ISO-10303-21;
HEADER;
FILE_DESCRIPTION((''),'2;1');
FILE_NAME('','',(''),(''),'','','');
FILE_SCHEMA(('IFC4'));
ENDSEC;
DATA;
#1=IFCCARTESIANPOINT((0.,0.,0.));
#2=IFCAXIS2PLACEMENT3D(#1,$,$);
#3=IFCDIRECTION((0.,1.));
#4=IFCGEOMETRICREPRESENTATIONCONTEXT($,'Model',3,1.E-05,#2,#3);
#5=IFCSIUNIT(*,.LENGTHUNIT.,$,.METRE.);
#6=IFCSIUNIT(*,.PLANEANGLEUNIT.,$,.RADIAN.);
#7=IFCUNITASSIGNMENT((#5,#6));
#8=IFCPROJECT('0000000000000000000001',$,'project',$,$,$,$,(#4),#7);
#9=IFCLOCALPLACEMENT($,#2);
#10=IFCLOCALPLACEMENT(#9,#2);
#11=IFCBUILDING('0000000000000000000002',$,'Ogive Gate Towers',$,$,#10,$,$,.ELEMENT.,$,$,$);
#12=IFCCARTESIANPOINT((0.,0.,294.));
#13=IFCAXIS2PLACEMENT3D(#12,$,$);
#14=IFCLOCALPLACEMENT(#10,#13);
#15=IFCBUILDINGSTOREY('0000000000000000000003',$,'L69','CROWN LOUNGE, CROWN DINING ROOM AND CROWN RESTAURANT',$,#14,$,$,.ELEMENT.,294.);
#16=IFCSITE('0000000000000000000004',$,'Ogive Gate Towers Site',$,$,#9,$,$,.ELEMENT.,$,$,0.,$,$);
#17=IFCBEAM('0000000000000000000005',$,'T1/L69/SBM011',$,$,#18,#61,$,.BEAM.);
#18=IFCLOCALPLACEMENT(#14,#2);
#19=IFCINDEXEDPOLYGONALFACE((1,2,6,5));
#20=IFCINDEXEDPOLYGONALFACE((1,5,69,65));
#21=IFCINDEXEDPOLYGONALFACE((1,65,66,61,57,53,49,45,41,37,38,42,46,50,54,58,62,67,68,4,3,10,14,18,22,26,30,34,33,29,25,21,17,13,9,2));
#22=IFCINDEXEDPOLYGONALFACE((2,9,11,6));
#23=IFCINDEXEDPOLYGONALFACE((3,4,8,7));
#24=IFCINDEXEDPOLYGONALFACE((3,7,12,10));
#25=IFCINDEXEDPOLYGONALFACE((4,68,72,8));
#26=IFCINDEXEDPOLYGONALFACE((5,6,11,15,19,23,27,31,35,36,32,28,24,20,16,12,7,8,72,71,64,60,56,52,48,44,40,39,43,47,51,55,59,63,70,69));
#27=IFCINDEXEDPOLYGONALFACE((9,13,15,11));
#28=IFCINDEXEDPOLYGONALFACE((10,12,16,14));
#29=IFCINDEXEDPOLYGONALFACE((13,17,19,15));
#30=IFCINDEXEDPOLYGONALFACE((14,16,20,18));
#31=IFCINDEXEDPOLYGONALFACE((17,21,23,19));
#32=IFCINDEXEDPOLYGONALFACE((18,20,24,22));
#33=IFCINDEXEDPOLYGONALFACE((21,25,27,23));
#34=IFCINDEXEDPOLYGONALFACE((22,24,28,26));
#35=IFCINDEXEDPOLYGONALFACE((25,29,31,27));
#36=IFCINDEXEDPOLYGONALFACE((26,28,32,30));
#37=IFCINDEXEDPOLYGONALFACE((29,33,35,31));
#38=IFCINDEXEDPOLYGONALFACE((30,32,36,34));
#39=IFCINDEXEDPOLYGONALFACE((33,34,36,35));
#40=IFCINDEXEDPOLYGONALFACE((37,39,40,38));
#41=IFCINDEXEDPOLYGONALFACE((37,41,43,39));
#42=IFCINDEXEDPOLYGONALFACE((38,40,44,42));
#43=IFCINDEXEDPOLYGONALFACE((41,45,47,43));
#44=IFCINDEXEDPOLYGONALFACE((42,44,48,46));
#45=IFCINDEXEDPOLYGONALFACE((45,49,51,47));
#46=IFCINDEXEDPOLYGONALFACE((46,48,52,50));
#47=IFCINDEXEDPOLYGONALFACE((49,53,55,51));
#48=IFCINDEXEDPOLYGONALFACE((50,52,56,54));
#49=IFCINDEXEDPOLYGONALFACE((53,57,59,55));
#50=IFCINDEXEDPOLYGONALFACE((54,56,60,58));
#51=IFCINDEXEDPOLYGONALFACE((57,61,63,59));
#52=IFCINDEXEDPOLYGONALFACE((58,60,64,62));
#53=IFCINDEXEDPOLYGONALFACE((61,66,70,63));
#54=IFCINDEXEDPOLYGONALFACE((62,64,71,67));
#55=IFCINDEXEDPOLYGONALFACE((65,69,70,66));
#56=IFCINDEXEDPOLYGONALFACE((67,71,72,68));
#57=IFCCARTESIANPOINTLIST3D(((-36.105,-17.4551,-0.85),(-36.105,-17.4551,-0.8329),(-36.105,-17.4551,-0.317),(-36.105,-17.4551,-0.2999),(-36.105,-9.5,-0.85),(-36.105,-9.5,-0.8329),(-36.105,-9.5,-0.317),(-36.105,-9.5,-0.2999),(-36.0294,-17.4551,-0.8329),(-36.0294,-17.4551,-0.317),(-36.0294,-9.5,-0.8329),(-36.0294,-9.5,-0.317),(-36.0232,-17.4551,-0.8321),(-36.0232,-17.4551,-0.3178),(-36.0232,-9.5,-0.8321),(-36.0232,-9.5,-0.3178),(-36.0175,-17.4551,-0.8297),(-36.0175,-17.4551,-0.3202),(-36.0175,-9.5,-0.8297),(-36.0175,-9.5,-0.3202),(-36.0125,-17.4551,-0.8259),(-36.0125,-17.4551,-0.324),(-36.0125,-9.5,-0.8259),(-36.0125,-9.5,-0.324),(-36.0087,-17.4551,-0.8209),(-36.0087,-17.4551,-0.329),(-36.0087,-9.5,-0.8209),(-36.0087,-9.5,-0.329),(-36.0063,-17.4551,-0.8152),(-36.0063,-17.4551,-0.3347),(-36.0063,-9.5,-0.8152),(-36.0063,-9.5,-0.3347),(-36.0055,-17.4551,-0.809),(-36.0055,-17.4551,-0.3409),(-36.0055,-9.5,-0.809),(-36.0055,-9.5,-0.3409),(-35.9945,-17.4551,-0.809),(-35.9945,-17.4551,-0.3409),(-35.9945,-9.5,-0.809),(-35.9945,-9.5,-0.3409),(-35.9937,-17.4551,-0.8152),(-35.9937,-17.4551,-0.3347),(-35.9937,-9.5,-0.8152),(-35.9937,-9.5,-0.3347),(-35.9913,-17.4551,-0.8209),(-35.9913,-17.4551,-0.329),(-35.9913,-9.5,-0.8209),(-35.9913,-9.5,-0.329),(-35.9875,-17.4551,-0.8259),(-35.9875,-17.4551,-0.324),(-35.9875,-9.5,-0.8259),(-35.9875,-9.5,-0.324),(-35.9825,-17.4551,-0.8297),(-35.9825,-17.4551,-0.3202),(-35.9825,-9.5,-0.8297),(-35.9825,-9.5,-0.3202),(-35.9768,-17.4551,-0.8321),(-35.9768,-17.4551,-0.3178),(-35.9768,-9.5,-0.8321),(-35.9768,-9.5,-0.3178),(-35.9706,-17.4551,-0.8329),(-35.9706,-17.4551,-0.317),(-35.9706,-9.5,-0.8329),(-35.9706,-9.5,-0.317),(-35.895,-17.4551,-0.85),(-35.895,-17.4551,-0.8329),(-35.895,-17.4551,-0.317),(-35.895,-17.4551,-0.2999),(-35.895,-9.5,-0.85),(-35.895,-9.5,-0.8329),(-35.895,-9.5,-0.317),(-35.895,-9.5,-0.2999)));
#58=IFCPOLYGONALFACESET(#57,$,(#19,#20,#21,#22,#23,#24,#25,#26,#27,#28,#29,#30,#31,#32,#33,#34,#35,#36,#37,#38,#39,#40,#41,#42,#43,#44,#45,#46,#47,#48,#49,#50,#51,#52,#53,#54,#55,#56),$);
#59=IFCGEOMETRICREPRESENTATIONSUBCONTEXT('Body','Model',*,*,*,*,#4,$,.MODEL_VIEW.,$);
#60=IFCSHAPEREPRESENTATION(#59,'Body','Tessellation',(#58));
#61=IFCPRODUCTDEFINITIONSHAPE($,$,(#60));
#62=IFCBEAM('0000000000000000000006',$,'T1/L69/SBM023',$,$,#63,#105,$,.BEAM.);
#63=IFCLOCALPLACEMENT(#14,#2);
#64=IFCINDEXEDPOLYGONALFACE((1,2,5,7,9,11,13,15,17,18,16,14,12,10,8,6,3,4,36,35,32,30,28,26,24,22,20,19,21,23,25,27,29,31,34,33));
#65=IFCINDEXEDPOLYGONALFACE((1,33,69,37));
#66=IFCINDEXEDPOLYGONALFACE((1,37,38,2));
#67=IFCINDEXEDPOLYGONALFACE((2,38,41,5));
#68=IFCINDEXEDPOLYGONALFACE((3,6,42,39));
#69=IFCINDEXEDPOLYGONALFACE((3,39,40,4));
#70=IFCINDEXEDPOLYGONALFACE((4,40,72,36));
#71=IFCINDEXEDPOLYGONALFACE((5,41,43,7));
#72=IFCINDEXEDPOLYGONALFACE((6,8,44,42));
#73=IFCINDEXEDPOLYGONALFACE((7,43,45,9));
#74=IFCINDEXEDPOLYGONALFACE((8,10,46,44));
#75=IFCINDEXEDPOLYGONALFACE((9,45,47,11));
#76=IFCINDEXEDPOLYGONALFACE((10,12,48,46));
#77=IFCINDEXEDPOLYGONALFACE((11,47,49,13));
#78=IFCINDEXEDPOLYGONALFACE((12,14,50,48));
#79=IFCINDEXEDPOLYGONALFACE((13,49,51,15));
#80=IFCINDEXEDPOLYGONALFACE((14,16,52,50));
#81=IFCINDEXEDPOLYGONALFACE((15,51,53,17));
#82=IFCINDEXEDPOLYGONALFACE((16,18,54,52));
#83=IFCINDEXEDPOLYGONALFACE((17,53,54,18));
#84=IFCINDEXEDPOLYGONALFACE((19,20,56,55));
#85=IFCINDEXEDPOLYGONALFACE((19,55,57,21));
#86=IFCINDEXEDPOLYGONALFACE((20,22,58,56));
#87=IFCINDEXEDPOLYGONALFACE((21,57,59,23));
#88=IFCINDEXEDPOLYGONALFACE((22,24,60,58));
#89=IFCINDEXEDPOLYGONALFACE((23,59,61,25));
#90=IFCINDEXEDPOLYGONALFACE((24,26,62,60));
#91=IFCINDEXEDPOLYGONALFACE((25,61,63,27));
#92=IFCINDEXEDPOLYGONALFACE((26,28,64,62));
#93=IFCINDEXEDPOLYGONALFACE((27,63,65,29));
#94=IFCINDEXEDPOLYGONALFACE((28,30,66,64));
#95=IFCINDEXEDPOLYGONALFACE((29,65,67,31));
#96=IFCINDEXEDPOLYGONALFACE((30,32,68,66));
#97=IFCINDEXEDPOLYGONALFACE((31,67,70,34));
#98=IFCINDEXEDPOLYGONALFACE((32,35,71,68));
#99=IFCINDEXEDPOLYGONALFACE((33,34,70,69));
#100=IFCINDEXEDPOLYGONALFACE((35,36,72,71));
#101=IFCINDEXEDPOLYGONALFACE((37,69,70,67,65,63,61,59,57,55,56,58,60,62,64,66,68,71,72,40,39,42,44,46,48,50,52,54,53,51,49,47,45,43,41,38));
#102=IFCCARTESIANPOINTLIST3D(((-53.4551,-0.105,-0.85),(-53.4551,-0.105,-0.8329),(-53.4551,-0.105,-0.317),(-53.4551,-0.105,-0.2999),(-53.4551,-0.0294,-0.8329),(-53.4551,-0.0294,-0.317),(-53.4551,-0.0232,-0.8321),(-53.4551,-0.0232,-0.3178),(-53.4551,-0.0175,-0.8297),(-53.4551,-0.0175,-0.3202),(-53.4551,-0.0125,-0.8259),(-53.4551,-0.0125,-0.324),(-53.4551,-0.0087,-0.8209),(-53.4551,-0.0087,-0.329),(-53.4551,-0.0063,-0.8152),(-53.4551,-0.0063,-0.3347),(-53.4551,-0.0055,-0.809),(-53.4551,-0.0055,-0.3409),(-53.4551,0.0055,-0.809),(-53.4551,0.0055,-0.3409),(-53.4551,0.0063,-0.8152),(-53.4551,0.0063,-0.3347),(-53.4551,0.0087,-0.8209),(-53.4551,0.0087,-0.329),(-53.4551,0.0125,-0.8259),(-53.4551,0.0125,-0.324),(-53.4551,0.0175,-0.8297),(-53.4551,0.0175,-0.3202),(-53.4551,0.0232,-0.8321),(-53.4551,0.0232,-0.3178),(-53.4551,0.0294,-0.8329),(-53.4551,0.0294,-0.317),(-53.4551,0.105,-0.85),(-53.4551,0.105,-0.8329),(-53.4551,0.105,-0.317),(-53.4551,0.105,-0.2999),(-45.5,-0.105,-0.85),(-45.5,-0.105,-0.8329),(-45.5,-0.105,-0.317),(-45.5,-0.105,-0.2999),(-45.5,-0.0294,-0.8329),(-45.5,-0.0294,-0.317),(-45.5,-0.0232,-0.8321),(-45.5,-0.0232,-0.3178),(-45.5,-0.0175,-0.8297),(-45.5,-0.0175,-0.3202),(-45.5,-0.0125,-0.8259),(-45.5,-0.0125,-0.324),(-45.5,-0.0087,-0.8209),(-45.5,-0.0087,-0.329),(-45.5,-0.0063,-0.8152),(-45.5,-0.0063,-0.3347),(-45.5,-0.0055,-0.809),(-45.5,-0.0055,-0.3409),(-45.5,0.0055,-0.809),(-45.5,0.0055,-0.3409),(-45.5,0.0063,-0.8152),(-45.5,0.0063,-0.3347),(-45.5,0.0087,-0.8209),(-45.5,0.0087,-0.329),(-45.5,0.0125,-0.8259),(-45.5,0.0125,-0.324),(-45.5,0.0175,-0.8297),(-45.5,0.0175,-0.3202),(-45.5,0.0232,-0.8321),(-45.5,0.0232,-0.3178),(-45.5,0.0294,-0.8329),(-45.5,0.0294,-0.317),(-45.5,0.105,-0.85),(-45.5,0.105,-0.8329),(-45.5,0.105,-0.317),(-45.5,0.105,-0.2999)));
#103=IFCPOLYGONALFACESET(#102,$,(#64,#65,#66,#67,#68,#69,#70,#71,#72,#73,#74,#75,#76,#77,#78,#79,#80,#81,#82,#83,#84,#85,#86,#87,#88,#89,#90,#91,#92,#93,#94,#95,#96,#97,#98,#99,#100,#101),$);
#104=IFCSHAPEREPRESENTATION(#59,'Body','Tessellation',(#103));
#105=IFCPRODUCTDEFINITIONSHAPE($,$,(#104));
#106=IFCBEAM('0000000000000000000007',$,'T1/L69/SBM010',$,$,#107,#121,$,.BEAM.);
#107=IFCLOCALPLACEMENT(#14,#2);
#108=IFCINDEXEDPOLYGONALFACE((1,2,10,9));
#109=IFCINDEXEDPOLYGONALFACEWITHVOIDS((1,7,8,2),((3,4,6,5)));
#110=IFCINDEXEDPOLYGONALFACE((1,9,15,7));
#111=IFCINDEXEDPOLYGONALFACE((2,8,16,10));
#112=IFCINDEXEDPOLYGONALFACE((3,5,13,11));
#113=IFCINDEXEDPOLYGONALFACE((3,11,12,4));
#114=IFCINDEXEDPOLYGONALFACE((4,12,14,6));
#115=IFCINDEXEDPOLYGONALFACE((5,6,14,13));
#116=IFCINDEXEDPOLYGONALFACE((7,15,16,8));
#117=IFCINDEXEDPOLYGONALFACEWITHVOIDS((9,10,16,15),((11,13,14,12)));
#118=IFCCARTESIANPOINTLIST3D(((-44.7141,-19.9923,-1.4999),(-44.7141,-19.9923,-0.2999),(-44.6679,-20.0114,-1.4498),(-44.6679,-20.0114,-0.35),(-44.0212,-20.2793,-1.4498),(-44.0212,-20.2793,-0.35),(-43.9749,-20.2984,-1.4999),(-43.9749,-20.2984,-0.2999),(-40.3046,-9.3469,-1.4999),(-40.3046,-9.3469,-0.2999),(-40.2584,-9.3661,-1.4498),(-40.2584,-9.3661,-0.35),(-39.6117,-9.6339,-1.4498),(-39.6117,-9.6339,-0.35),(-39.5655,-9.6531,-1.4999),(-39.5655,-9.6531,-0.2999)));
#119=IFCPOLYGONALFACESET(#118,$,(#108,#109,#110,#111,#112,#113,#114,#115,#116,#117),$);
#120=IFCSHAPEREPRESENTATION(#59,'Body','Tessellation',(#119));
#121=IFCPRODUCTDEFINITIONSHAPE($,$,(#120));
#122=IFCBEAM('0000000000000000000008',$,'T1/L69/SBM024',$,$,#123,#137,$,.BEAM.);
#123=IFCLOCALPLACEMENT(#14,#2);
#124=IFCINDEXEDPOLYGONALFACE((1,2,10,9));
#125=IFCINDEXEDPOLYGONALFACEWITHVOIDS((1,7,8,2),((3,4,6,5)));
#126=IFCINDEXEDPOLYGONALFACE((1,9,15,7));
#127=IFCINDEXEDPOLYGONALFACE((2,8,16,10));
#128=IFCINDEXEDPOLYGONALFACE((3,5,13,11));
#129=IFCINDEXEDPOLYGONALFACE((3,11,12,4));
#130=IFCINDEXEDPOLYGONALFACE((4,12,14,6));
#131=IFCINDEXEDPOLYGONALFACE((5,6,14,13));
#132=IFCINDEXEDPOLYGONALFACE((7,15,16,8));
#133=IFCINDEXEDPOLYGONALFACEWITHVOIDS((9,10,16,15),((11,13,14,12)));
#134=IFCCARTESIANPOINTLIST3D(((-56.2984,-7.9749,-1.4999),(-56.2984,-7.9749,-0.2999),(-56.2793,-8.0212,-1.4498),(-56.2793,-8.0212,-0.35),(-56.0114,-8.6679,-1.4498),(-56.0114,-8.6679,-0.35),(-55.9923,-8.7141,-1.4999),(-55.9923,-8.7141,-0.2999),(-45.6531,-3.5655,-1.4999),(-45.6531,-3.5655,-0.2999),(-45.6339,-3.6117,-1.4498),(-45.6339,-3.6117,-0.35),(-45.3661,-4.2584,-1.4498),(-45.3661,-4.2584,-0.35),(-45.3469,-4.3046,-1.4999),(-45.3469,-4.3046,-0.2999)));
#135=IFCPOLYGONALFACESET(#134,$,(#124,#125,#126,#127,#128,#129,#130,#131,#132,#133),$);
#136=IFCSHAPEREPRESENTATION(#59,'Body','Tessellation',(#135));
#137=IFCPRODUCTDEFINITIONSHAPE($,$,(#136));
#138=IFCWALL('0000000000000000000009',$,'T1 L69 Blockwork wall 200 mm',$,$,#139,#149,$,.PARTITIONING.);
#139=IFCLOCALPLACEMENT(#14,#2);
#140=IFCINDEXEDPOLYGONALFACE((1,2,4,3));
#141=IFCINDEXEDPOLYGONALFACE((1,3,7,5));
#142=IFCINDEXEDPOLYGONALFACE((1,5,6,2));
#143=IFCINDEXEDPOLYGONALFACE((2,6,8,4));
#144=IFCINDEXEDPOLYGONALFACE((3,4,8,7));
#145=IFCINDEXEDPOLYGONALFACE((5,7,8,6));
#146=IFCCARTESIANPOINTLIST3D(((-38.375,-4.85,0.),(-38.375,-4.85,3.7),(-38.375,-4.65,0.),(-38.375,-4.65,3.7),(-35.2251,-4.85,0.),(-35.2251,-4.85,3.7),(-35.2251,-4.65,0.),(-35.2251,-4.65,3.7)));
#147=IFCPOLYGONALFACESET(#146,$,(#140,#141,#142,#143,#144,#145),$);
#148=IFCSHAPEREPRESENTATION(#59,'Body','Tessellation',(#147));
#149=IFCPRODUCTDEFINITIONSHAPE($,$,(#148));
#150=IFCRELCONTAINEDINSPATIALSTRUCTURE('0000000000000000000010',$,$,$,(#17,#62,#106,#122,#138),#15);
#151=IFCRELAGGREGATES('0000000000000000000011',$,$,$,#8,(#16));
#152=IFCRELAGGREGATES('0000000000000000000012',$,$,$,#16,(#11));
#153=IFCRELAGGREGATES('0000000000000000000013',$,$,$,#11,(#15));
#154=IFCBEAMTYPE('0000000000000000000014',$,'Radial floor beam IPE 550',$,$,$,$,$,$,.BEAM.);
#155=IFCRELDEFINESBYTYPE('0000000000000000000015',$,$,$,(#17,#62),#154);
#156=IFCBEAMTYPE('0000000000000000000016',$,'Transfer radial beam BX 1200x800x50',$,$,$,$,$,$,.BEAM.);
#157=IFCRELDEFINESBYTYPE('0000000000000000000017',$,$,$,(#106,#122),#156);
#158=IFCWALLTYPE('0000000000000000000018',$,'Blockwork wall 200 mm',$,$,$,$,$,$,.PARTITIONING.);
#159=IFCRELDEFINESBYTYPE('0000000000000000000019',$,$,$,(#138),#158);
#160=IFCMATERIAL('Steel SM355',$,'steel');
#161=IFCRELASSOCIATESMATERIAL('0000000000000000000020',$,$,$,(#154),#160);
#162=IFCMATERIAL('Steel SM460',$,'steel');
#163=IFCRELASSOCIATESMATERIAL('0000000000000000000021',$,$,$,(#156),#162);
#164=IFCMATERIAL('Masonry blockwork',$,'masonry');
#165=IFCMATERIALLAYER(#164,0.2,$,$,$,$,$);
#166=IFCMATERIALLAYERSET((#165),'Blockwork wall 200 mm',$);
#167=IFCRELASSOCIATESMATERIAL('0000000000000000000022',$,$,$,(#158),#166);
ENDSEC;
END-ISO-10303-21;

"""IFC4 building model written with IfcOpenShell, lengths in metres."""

from ifc_helpers import new_model, si_unit, direction, frame, frame_2d, origin, origin_2d, place, context, subcontext, project, spatial, rectangle, hollow_rectangle, i_section, extrude, material, layer, layer_set, material_profile, profile_set, type_object, element, save


model = new_model("IFC4")

# Units and contexts
model_context = context("Model", 3, precision=1e-05, world=origin(), true_north=direction((0.0, 1.0)))
body_context = subcontext(model_context, "Body", "Model", "MODEL_VIEW")
ifc_project = project(units=[si_unit("LENGTHUNIT", "METRE"), si_unit("PLANEANGLEUNIT", "RADIAN")], contexts=[model_context])

# Site, building, storey
site_placement = place(None, origin())
site = spatial("IfcSite", under=ifc_project, at=site_placement, Name="Ogive Gate Towers Site", CompositionType="ELEMENT", RefElevation=0.0)
building_placement = place(site_placement, origin())
building = spatial("IfcBuilding", under=site, at=building_placement, Name="Ogive Gate Towers", CompositionType="ELEMENT")
storey_placement = place(building_placement, frame((0.0, 0.0, 294.0)))
storey = spatial("IfcBuildingStorey", under=building, at=storey_placement, Name="L69", Description="CROWN LOUNGE, CROWN DINING ROOM AND CROWN RESTAURANT", CompositionType="ELEMENT", Elevation=294.0)

# Beams
ifc_material_1 = material(Name="Steel SM355", Category="steel")
ifc_material_profile_1 = material_profile(ifc_material_1, i_section(OverallWidth=0.21, OverallDepth=0.55, WebThickness=0.011, FlangeThickness=0.0171, FilletRadius=0.0239, at=origin_2d()), Name="IPE 550")
ifc_profile_set_1 = profile_set([ifc_material_profile_1], Name="Steel SM355")
beam_type_1 = type_object("IfcBeamType", Name="Radial floor beam IPE 550", PredefinedType="BEAM", material=ifc_profile_set_1)
for number, where, z_axis, x_axis, name in (
    (1, (-36.0, -9.5, -0.575), (0.0, -1.0, 0.0), (1.0, 0.0, 0.0), "T1/L69/SBM011"),
    (2, (-45.5, 0.0, -0.575), (-1.0, 0.0, 0.0), (0.0, -1.0, 0.0), "T1/L69/SBM023"),
):
    element("IfcBeam", number, at=place(storey_placement, frame(where, z_axis=z_axis, x_axis=x_axis)), inside=storey, type_object=beam_type_1, Name=name, PredefinedType="BEAM", context=body_context, shape_type="SweptSolid", body=[
        extrude(i_section(OverallWidth=0.21, OverallDepth=0.55, WebThickness=0.011, FlangeThickness=0.0171, FilletRadius=0.0239, at=origin_2d()), origin(), (0.0, 0.0, 1.0), 7.9551),
    ])
ifc_material_2 = material(Name="Steel SM460", Category="steel")
ifc_material_profile_2 = material_profile(ifc_material_2, hollow_rectangle(XDim=0.8, YDim=1.2, WallThickness=0.05, at=origin_2d()), Name="BX 1200x800x50")
ifc_profile_set_2 = profile_set([ifc_material_profile_2], Name="Steel SM460")
beam_type_2 = type_object("IfcBeamType", Name="Transfer radial beam BX 1200x800x50", PredefinedType="BEAM", material=ifc_profile_set_2)
for number, where, z_axis, x_axis, name in (
    (3, (-39.9351, -9.5, -0.8999), (-0.382684, -0.923879, 0.0), (0.923879, -0.382684, 0.0), "T1/L69/SBM010"),
    (4, (-45.5, -3.9351, -0.8999), (-0.923879, -0.382684, 0.0), (0.382684, -0.923879, 0.0), "T1/L69/SBM024"),
):
    element("IfcBeam", number, at=place(storey_placement, frame(where, z_axis=z_axis, x_axis=x_axis)), inside=storey, type_object=beam_type_2, Name=name, PredefinedType="BEAM", context=body_context, shape_type="SweptSolid", body=[
        extrude(hollow_rectangle(XDim=0.8, YDim=1.2, WallThickness=0.05, at=origin_2d()), origin(), (0.0, 0.0, 1.0), 11.5225),
    ])

# Wall
ifc_material_3 = material(Name="Masonry blockwork", Category="masonry")
ifc_layer_1 = layer(ifc_material_3, 0.2)
ifc_layer_set_1 = layer_set([ifc_layer_1], Name="Blockwork wall 200 mm")
wall_type_1 = type_object("IfcWallType", Name="Blockwork wall 200 mm", PredefinedType="PARTITIONING", material=ifc_layer_set_1)
wall_1_placement = place(storey_placement, frame((-38.375, -4.75, 0.0), z_axis=(0.0, 0.0, 1.0), x_axis=(1.0, 0.0, 0.0)))
element("IfcWall", 5, at=wall_1_placement, inside=storey, type_object=wall_type_1, Name="T1 L69 Blockwork wall 200 mm", PredefinedType="PARTITIONING", context=body_context, shape_type="SweptSolid", body=[
    extrude(rectangle(XDim=3.1499, YDim=0.2, at=frame_2d((1.575, 0.0))), origin(), (0.0, 0.0, 1.0), 3.7),
])

save(model, "model.ifc")
